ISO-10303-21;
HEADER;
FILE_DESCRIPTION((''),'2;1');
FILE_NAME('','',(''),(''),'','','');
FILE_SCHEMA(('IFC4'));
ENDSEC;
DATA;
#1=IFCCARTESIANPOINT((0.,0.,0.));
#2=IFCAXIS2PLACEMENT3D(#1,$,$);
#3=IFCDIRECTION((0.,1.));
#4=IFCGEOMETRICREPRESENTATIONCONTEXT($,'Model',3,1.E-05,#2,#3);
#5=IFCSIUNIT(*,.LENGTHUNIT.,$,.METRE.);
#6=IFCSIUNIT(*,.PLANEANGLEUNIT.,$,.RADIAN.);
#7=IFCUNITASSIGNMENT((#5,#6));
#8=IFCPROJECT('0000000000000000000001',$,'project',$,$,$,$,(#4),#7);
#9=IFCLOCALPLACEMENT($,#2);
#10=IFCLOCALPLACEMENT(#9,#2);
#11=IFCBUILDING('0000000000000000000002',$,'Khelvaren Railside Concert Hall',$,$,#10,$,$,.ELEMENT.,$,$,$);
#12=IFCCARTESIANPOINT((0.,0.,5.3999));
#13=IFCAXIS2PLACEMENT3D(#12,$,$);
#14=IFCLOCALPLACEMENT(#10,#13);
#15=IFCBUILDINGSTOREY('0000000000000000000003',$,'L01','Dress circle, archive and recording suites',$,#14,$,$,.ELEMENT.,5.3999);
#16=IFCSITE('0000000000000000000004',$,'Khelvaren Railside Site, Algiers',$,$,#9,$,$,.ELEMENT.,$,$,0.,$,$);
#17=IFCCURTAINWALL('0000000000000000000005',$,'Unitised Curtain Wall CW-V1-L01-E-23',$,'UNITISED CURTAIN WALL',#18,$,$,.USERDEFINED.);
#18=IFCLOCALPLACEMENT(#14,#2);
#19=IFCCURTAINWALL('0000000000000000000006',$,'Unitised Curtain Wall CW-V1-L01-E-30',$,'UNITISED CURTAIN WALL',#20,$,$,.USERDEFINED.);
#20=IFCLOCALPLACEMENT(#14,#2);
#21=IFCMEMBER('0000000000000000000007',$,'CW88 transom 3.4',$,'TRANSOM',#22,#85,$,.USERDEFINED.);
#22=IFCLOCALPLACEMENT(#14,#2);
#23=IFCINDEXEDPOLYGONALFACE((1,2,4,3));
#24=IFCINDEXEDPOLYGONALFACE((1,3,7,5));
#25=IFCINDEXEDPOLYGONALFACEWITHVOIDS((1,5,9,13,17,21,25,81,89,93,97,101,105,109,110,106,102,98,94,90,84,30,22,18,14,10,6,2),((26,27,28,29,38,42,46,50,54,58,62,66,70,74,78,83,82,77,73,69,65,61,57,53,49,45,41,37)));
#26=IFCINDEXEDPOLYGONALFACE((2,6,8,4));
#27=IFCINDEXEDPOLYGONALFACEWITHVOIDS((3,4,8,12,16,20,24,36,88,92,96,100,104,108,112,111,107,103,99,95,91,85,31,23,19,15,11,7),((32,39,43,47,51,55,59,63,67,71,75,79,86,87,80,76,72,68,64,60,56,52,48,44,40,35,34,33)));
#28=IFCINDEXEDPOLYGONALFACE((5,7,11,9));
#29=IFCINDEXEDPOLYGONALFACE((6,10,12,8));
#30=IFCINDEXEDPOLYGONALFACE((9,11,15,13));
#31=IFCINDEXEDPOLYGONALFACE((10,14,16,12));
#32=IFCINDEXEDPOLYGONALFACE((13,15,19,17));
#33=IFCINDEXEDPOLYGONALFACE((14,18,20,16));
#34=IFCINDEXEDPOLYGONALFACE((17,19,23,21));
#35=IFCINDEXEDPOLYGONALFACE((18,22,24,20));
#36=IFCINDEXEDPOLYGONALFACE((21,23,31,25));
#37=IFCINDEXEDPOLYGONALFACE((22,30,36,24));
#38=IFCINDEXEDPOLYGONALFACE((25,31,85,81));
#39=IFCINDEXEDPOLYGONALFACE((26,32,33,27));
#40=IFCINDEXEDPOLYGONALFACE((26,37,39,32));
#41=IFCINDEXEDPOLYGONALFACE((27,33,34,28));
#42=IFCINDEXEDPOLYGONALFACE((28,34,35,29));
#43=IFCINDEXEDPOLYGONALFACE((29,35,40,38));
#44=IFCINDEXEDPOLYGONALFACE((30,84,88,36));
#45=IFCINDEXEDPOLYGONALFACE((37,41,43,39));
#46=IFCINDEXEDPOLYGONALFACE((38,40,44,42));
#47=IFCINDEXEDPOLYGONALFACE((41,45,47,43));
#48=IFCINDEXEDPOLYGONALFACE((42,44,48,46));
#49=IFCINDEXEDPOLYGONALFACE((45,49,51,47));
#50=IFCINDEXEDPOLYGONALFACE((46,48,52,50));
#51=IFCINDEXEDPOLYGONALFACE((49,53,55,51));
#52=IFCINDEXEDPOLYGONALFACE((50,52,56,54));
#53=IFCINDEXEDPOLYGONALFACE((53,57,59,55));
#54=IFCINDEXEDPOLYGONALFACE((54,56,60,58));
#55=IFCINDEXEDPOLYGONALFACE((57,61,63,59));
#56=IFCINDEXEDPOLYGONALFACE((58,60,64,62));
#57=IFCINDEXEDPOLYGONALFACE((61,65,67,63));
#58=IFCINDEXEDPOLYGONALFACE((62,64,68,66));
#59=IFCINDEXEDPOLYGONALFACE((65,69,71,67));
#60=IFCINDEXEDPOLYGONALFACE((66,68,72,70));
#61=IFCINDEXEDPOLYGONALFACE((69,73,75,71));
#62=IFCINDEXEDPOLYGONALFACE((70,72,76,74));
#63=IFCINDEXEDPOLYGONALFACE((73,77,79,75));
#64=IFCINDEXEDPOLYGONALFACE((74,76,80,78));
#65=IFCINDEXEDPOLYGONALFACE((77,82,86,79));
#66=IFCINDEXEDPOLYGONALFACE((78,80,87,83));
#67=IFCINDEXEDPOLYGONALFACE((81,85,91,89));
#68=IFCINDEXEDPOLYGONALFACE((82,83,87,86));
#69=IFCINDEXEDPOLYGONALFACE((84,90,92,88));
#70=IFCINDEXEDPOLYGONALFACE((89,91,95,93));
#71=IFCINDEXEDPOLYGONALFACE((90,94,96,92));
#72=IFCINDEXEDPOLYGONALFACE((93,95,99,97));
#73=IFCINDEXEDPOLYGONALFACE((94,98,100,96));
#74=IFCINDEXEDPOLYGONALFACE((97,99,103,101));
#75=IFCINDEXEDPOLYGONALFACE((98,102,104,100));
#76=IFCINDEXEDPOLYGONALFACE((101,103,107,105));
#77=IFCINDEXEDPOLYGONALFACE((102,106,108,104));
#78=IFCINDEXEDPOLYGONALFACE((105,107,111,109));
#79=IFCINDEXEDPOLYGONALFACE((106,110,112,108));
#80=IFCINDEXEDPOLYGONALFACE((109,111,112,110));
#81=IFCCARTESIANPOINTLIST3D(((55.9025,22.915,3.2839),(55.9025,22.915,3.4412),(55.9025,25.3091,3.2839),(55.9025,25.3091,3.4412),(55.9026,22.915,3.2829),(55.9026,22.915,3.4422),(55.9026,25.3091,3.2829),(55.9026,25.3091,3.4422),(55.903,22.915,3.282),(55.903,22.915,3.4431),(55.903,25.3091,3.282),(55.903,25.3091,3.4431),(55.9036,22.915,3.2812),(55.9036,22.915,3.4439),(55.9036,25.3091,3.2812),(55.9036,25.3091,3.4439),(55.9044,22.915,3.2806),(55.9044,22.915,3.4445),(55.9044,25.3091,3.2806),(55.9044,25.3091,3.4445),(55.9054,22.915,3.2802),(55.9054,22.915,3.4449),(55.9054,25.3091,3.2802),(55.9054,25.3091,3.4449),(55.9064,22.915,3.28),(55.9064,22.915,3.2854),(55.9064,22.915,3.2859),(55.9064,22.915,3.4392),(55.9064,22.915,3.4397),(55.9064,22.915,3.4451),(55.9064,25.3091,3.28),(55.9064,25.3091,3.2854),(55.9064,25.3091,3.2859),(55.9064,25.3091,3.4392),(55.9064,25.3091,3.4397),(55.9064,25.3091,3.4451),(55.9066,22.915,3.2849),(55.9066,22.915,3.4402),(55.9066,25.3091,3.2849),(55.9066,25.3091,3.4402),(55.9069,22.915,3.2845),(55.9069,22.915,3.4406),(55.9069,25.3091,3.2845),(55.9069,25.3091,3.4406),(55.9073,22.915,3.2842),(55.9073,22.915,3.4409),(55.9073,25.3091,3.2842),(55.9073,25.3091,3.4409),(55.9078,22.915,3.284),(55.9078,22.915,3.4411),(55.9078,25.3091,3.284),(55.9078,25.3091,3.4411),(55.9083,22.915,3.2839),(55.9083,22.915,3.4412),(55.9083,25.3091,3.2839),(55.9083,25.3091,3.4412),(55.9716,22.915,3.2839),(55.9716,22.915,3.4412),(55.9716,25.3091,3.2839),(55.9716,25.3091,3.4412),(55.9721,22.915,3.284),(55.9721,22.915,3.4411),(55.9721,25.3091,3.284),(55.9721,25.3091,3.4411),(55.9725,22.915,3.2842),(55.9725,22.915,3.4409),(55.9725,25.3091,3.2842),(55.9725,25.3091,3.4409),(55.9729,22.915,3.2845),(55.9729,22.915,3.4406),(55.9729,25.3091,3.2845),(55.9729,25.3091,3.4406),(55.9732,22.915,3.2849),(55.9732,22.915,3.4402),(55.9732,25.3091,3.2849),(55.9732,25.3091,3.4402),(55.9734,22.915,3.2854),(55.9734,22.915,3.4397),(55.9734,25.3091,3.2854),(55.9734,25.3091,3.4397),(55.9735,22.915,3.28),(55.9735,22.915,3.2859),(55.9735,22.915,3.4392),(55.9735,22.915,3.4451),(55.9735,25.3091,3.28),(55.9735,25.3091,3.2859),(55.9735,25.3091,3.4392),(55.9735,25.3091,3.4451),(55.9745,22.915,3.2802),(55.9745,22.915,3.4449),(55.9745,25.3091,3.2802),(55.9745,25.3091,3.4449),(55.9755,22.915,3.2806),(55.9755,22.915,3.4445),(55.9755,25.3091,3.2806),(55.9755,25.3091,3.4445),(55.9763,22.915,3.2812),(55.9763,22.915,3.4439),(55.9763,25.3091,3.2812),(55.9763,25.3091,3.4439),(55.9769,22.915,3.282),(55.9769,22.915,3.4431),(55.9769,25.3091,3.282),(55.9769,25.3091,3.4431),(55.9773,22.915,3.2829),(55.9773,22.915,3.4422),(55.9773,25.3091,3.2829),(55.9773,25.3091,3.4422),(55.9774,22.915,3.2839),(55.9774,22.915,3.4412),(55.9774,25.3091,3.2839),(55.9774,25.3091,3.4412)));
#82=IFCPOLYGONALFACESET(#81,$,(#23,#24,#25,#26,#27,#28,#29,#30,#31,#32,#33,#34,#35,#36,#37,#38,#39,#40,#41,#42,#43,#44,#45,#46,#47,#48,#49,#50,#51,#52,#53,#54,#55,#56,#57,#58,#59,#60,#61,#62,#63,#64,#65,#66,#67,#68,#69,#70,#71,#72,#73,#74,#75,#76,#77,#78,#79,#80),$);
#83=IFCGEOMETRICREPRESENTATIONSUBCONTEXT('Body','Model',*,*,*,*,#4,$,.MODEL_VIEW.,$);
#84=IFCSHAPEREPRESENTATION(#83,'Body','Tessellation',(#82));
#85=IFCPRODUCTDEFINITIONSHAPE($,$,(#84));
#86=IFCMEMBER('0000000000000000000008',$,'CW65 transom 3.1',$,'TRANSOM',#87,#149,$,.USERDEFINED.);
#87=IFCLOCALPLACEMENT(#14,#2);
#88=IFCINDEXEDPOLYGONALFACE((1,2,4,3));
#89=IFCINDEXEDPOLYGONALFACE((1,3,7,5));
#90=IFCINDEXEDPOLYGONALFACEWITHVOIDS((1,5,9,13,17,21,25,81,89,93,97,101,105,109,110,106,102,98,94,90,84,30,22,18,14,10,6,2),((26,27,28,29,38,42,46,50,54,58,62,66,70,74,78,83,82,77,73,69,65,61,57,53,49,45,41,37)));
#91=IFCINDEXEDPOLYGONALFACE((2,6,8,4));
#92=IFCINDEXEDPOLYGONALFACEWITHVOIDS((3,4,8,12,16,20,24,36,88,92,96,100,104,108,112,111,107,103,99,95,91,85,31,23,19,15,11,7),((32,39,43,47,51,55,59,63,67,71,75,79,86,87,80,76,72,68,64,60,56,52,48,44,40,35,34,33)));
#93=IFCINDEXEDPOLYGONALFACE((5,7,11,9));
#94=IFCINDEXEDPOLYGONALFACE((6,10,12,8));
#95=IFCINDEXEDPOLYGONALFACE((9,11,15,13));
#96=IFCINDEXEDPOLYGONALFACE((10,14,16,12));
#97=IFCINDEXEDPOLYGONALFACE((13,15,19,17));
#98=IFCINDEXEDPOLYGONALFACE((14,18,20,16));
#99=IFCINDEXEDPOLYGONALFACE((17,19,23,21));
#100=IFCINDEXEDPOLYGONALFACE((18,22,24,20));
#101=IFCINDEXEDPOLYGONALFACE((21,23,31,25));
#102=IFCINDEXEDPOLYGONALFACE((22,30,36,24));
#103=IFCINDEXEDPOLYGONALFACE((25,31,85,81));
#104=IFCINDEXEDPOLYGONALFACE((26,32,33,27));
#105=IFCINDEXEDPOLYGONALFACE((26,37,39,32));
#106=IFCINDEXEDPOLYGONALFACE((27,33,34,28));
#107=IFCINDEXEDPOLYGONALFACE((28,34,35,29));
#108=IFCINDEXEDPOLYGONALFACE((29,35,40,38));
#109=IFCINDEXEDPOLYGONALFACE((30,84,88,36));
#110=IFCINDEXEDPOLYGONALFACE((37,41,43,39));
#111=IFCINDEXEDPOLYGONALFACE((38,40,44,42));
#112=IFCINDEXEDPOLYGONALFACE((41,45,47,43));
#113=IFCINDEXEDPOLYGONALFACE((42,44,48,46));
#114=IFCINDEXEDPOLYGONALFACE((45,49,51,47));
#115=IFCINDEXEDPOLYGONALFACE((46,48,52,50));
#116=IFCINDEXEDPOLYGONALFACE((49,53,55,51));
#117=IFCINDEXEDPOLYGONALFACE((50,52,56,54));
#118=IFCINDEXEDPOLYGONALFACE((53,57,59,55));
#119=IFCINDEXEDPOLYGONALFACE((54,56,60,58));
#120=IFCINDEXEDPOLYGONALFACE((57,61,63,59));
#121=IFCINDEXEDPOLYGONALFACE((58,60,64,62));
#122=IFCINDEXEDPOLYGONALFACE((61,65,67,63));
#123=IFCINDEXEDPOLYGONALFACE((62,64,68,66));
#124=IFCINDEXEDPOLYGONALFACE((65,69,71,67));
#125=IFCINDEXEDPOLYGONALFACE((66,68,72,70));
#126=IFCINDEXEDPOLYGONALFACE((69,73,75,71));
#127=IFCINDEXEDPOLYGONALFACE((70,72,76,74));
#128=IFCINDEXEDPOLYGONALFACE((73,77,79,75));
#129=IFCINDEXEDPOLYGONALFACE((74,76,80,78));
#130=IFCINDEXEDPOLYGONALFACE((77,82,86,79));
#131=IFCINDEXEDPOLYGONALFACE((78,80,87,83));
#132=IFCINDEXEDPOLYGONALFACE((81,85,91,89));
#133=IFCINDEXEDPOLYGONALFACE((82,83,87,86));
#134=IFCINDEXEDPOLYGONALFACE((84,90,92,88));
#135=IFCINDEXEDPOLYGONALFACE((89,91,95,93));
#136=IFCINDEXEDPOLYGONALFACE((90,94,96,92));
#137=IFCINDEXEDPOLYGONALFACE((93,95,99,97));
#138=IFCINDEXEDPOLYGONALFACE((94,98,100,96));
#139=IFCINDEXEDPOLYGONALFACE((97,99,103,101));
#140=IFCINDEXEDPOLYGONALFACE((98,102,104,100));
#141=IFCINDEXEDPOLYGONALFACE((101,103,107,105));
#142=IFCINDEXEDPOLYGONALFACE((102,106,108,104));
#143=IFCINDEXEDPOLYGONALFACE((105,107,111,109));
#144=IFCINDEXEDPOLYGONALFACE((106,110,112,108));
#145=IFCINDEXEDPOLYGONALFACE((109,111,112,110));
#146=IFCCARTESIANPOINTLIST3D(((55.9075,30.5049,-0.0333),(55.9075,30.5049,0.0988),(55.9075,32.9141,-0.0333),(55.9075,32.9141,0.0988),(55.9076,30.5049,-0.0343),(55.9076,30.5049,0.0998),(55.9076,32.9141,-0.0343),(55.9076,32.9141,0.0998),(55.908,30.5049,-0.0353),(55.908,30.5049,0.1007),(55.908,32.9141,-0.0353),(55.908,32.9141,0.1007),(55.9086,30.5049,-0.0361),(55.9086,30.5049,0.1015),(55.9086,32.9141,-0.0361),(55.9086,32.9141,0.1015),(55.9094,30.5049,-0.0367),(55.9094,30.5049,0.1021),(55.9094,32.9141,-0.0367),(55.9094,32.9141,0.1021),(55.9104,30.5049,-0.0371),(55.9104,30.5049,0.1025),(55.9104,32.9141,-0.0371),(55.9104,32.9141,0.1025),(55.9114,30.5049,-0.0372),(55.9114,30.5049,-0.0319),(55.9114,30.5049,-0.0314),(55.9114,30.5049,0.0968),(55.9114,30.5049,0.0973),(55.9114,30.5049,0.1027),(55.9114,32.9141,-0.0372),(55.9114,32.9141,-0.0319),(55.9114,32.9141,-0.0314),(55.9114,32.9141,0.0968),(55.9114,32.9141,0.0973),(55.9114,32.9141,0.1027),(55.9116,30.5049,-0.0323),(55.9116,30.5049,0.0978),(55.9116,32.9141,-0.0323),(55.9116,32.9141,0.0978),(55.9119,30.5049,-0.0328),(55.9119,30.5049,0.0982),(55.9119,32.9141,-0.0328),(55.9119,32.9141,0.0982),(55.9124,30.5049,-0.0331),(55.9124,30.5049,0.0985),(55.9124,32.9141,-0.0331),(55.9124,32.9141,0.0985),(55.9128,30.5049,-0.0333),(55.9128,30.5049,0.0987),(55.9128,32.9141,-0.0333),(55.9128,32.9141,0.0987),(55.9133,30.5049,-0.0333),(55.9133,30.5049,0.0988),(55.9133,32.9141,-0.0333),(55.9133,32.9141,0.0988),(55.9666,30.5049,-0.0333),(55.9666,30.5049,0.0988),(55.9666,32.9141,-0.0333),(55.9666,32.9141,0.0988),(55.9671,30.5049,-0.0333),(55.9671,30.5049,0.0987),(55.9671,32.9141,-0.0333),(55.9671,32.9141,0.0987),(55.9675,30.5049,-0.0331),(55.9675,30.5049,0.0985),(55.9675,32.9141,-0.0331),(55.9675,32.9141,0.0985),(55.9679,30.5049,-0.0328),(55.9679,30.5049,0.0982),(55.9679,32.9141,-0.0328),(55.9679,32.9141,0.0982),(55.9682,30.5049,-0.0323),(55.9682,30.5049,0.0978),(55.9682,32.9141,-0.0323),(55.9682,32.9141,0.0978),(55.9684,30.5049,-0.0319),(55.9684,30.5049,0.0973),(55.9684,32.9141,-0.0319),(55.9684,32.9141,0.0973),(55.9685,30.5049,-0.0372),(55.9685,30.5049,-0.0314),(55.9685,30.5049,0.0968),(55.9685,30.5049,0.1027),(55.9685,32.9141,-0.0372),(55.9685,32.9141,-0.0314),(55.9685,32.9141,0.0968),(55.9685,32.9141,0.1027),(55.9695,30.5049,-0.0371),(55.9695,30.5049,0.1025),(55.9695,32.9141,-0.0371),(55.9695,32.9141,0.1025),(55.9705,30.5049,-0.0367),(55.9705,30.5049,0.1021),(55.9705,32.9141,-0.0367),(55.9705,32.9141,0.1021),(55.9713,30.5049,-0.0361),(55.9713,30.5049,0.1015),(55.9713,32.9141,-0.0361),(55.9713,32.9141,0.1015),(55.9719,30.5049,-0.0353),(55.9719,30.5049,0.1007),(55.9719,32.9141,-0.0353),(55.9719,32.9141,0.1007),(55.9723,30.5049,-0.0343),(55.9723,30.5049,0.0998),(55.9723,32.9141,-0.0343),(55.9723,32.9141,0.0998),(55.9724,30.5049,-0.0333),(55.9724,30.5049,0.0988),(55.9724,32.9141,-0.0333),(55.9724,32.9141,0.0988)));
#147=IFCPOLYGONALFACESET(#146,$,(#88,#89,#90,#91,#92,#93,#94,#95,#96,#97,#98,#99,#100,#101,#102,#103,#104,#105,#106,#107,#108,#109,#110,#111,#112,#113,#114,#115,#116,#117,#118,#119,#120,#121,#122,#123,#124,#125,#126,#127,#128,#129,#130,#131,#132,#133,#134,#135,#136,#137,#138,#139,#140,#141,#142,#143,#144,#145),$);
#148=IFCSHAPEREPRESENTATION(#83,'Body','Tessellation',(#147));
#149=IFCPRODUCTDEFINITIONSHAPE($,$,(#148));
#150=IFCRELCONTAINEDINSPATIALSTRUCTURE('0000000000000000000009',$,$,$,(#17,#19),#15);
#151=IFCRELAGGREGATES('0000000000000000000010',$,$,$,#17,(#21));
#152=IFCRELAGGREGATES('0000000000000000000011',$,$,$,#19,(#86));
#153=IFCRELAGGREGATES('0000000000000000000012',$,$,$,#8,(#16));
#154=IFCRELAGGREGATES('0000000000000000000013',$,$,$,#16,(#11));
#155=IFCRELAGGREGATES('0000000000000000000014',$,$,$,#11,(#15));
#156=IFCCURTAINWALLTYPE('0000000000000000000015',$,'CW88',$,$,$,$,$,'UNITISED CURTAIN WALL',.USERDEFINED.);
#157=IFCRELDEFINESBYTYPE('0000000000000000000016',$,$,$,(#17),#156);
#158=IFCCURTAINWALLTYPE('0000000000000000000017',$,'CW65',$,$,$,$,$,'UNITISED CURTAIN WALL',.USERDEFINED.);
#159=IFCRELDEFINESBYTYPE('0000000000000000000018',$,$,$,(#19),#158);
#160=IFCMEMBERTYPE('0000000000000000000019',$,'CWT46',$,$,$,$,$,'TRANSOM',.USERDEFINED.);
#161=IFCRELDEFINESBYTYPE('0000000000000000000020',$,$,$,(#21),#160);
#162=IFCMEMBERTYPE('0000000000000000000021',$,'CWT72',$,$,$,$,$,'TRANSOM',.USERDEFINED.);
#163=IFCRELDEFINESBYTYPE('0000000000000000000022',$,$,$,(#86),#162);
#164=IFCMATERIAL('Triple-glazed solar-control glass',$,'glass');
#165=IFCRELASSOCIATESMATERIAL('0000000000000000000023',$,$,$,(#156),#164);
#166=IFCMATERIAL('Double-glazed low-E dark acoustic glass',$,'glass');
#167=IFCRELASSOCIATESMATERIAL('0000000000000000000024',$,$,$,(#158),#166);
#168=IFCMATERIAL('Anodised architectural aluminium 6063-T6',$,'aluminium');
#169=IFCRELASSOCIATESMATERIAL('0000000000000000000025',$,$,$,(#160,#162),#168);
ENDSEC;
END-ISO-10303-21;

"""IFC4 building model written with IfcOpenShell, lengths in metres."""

from ifc_helpers import new_model, si_unit, direction, frame, origin, origin_2d, place, context, subcontext, project, spatial, hollow_rectangle, extrude, material, material_profile, profile_set, type_object, element, aggregate, save


model = new_model("IFC4")

# Units and contexts
model_context = context("Model", 3, precision=1e-05, world=origin(), true_north=direction((0.0, 1.0)))
body_context = subcontext(model_context, "Body", "Model", "MODEL_VIEW")
ifc_project = project(units=[si_unit("LENGTHUNIT", "METRE"), si_unit("PLANEANGLEUNIT", "RADIAN")], contexts=[model_context])

# Site, building, storey
site_placement = place(None, origin())
site = spatial("IfcSite", under=ifc_project, at=site_placement, Name="Khelvaren Railside Site, Algiers", CompositionType="ELEMENT", RefElevation=0.0)
building_placement = place(site_placement, origin())
building = spatial("IfcBuilding", under=site, at=building_placement, Name="Khelvaren Railside Concert Hall", CompositionType="ELEMENT")
storey_placement = place(building_placement, frame((0.0, 0.0, 5.3999)))
storey = spatial("IfcBuildingStorey", under=building, at=storey_placement, Name="L01", Description="Dress circle, archive and recording suites", CompositionType="ELEMENT", Elevation=5.3999)

# Curtain wall
ifc_material_1 = material(Name="Triple-glazed solar-control glass", Category="glass")
curtain_wall_type_1 = type_object("IfcCurtainWallType", Name="CW88", ElementType="UNITISED CURTAIN WALL", PredefinedType="USERDEFINED", material=ifc_material_1)
curtain_wall_1_placement = place(storey_placement, origin())
curtain_wall_1 = element("IfcCurtainWall", 1, at=curtain_wall_1_placement, inside=storey, type_object=curtain_wall_type_1, Name="Unitised Curtain Wall CW-V1-L01-E-23", ObjectType="UNITISED CURTAIN WALL", PredefinedType="USERDEFINED")
ifc_material_2 = material(Name="Anodised architectural aluminium 6063-T6", Category="aluminium")

# Curtain wall
ifc_material_3 = material(Name="Double-glazed low-E dark acoustic glass", Category="glass")
curtain_wall_type_2 = type_object("IfcCurtainWallType", Name="CW65", ElementType="UNITISED CURTAIN WALL", PredefinedType="USERDEFINED", material=ifc_material_3)
curtain_wall_2_placement = place(storey_placement, origin())
curtain_wall_2 = element("IfcCurtainWall", 2, at=curtain_wall_2_placement, inside=storey, type_object=curtain_wall_type_2, Name="Unitised Curtain Wall CW-V1-L01-E-30", ObjectType="UNITISED CURTAIN WALL", PredefinedType="USERDEFINED")

# Members
ifc_material_profile_1 = material_profile(ifc_material_2, hollow_rectangle(XDim=0.075, YDim=0.165, WallThickness=0.0039, InnerFilletRadius=0.002, OuterFilletRadius=0.0039, at=origin_2d()), Name="CWT 75x165x4")
ifc_profile_set_1 = profile_set([ifc_material_profile_1], Name="Anodised architectural aluminium 6063-T6")
member_type_1 = type_object("IfcMemberType", Name="CWT46", ElementType="TRANSOM", PredefinedType="USERDEFINED", material=ifc_profile_set_1)
member_1_placement = place(storey_placement, frame((55.9399, 25.3091, 3.3625), z_axis=(0.0, -1.0, 0.0), x_axis=(1.0, 0.0, 0.0)))
member_1 = element("IfcMember", 3, at=member_1_placement, type_object=member_type_1, Name="CW88 transom 3.4", ObjectType="TRANSOM", PredefinedType="USERDEFINED", context=body_context, shape_type="SweptSolid", body=[
    extrude(hollow_rectangle(XDim=0.075, YDim=0.165, WallThickness=0.0039, InnerFilletRadius=0.002, OuterFilletRadius=0.0039, at=origin_2d()), origin(), (0.0, 0.0, 1.0), 2.394),
])
ifc_material_profile_2 = material_profile(ifc_material_2, hollow_rectangle(XDim=0.0649, YDim=0.1399, WallThickness=0.0039, InnerFilletRadius=0.002, OuterFilletRadius=0.0039, at=origin_2d()), Name="CWT 65x140x4")
ifc_profile_set_2 = profile_set([ifc_material_profile_2], Name="Anodised architectural aluminium 6063-T6")
member_type_2 = type_object("IfcMemberType", Name="CWT72", ElementType="TRANSOM", PredefinedType="USERDEFINED", material=ifc_profile_set_2)
member_2_placement = place(storey_placement, frame((55.9399, 32.9141, 0.0327), z_axis=(0.0, -1.0, 0.0), x_axis=(1.0, 0.0, 0.0)))
member_2 = element("IfcMember", 4, at=member_2_placement, type_object=member_type_2, Name="CW65 transom 3.1", ObjectType="TRANSOM", PredefinedType="USERDEFINED", context=body_context, shape_type="SweptSolid", body=[
    extrude(hollow_rectangle(XDim=0.0649, YDim=0.1399, WallThickness=0.0039, InnerFilletRadius=0.002, OuterFilletRadius=0.0039, at=origin_2d()), origin(), (0.0, 0.0, 1.0), 2.4092),
])

aggregate(curtain_wall_1, [member_1])
aggregate(curtain_wall_2, [member_2])

save(model, "model.ifc")
